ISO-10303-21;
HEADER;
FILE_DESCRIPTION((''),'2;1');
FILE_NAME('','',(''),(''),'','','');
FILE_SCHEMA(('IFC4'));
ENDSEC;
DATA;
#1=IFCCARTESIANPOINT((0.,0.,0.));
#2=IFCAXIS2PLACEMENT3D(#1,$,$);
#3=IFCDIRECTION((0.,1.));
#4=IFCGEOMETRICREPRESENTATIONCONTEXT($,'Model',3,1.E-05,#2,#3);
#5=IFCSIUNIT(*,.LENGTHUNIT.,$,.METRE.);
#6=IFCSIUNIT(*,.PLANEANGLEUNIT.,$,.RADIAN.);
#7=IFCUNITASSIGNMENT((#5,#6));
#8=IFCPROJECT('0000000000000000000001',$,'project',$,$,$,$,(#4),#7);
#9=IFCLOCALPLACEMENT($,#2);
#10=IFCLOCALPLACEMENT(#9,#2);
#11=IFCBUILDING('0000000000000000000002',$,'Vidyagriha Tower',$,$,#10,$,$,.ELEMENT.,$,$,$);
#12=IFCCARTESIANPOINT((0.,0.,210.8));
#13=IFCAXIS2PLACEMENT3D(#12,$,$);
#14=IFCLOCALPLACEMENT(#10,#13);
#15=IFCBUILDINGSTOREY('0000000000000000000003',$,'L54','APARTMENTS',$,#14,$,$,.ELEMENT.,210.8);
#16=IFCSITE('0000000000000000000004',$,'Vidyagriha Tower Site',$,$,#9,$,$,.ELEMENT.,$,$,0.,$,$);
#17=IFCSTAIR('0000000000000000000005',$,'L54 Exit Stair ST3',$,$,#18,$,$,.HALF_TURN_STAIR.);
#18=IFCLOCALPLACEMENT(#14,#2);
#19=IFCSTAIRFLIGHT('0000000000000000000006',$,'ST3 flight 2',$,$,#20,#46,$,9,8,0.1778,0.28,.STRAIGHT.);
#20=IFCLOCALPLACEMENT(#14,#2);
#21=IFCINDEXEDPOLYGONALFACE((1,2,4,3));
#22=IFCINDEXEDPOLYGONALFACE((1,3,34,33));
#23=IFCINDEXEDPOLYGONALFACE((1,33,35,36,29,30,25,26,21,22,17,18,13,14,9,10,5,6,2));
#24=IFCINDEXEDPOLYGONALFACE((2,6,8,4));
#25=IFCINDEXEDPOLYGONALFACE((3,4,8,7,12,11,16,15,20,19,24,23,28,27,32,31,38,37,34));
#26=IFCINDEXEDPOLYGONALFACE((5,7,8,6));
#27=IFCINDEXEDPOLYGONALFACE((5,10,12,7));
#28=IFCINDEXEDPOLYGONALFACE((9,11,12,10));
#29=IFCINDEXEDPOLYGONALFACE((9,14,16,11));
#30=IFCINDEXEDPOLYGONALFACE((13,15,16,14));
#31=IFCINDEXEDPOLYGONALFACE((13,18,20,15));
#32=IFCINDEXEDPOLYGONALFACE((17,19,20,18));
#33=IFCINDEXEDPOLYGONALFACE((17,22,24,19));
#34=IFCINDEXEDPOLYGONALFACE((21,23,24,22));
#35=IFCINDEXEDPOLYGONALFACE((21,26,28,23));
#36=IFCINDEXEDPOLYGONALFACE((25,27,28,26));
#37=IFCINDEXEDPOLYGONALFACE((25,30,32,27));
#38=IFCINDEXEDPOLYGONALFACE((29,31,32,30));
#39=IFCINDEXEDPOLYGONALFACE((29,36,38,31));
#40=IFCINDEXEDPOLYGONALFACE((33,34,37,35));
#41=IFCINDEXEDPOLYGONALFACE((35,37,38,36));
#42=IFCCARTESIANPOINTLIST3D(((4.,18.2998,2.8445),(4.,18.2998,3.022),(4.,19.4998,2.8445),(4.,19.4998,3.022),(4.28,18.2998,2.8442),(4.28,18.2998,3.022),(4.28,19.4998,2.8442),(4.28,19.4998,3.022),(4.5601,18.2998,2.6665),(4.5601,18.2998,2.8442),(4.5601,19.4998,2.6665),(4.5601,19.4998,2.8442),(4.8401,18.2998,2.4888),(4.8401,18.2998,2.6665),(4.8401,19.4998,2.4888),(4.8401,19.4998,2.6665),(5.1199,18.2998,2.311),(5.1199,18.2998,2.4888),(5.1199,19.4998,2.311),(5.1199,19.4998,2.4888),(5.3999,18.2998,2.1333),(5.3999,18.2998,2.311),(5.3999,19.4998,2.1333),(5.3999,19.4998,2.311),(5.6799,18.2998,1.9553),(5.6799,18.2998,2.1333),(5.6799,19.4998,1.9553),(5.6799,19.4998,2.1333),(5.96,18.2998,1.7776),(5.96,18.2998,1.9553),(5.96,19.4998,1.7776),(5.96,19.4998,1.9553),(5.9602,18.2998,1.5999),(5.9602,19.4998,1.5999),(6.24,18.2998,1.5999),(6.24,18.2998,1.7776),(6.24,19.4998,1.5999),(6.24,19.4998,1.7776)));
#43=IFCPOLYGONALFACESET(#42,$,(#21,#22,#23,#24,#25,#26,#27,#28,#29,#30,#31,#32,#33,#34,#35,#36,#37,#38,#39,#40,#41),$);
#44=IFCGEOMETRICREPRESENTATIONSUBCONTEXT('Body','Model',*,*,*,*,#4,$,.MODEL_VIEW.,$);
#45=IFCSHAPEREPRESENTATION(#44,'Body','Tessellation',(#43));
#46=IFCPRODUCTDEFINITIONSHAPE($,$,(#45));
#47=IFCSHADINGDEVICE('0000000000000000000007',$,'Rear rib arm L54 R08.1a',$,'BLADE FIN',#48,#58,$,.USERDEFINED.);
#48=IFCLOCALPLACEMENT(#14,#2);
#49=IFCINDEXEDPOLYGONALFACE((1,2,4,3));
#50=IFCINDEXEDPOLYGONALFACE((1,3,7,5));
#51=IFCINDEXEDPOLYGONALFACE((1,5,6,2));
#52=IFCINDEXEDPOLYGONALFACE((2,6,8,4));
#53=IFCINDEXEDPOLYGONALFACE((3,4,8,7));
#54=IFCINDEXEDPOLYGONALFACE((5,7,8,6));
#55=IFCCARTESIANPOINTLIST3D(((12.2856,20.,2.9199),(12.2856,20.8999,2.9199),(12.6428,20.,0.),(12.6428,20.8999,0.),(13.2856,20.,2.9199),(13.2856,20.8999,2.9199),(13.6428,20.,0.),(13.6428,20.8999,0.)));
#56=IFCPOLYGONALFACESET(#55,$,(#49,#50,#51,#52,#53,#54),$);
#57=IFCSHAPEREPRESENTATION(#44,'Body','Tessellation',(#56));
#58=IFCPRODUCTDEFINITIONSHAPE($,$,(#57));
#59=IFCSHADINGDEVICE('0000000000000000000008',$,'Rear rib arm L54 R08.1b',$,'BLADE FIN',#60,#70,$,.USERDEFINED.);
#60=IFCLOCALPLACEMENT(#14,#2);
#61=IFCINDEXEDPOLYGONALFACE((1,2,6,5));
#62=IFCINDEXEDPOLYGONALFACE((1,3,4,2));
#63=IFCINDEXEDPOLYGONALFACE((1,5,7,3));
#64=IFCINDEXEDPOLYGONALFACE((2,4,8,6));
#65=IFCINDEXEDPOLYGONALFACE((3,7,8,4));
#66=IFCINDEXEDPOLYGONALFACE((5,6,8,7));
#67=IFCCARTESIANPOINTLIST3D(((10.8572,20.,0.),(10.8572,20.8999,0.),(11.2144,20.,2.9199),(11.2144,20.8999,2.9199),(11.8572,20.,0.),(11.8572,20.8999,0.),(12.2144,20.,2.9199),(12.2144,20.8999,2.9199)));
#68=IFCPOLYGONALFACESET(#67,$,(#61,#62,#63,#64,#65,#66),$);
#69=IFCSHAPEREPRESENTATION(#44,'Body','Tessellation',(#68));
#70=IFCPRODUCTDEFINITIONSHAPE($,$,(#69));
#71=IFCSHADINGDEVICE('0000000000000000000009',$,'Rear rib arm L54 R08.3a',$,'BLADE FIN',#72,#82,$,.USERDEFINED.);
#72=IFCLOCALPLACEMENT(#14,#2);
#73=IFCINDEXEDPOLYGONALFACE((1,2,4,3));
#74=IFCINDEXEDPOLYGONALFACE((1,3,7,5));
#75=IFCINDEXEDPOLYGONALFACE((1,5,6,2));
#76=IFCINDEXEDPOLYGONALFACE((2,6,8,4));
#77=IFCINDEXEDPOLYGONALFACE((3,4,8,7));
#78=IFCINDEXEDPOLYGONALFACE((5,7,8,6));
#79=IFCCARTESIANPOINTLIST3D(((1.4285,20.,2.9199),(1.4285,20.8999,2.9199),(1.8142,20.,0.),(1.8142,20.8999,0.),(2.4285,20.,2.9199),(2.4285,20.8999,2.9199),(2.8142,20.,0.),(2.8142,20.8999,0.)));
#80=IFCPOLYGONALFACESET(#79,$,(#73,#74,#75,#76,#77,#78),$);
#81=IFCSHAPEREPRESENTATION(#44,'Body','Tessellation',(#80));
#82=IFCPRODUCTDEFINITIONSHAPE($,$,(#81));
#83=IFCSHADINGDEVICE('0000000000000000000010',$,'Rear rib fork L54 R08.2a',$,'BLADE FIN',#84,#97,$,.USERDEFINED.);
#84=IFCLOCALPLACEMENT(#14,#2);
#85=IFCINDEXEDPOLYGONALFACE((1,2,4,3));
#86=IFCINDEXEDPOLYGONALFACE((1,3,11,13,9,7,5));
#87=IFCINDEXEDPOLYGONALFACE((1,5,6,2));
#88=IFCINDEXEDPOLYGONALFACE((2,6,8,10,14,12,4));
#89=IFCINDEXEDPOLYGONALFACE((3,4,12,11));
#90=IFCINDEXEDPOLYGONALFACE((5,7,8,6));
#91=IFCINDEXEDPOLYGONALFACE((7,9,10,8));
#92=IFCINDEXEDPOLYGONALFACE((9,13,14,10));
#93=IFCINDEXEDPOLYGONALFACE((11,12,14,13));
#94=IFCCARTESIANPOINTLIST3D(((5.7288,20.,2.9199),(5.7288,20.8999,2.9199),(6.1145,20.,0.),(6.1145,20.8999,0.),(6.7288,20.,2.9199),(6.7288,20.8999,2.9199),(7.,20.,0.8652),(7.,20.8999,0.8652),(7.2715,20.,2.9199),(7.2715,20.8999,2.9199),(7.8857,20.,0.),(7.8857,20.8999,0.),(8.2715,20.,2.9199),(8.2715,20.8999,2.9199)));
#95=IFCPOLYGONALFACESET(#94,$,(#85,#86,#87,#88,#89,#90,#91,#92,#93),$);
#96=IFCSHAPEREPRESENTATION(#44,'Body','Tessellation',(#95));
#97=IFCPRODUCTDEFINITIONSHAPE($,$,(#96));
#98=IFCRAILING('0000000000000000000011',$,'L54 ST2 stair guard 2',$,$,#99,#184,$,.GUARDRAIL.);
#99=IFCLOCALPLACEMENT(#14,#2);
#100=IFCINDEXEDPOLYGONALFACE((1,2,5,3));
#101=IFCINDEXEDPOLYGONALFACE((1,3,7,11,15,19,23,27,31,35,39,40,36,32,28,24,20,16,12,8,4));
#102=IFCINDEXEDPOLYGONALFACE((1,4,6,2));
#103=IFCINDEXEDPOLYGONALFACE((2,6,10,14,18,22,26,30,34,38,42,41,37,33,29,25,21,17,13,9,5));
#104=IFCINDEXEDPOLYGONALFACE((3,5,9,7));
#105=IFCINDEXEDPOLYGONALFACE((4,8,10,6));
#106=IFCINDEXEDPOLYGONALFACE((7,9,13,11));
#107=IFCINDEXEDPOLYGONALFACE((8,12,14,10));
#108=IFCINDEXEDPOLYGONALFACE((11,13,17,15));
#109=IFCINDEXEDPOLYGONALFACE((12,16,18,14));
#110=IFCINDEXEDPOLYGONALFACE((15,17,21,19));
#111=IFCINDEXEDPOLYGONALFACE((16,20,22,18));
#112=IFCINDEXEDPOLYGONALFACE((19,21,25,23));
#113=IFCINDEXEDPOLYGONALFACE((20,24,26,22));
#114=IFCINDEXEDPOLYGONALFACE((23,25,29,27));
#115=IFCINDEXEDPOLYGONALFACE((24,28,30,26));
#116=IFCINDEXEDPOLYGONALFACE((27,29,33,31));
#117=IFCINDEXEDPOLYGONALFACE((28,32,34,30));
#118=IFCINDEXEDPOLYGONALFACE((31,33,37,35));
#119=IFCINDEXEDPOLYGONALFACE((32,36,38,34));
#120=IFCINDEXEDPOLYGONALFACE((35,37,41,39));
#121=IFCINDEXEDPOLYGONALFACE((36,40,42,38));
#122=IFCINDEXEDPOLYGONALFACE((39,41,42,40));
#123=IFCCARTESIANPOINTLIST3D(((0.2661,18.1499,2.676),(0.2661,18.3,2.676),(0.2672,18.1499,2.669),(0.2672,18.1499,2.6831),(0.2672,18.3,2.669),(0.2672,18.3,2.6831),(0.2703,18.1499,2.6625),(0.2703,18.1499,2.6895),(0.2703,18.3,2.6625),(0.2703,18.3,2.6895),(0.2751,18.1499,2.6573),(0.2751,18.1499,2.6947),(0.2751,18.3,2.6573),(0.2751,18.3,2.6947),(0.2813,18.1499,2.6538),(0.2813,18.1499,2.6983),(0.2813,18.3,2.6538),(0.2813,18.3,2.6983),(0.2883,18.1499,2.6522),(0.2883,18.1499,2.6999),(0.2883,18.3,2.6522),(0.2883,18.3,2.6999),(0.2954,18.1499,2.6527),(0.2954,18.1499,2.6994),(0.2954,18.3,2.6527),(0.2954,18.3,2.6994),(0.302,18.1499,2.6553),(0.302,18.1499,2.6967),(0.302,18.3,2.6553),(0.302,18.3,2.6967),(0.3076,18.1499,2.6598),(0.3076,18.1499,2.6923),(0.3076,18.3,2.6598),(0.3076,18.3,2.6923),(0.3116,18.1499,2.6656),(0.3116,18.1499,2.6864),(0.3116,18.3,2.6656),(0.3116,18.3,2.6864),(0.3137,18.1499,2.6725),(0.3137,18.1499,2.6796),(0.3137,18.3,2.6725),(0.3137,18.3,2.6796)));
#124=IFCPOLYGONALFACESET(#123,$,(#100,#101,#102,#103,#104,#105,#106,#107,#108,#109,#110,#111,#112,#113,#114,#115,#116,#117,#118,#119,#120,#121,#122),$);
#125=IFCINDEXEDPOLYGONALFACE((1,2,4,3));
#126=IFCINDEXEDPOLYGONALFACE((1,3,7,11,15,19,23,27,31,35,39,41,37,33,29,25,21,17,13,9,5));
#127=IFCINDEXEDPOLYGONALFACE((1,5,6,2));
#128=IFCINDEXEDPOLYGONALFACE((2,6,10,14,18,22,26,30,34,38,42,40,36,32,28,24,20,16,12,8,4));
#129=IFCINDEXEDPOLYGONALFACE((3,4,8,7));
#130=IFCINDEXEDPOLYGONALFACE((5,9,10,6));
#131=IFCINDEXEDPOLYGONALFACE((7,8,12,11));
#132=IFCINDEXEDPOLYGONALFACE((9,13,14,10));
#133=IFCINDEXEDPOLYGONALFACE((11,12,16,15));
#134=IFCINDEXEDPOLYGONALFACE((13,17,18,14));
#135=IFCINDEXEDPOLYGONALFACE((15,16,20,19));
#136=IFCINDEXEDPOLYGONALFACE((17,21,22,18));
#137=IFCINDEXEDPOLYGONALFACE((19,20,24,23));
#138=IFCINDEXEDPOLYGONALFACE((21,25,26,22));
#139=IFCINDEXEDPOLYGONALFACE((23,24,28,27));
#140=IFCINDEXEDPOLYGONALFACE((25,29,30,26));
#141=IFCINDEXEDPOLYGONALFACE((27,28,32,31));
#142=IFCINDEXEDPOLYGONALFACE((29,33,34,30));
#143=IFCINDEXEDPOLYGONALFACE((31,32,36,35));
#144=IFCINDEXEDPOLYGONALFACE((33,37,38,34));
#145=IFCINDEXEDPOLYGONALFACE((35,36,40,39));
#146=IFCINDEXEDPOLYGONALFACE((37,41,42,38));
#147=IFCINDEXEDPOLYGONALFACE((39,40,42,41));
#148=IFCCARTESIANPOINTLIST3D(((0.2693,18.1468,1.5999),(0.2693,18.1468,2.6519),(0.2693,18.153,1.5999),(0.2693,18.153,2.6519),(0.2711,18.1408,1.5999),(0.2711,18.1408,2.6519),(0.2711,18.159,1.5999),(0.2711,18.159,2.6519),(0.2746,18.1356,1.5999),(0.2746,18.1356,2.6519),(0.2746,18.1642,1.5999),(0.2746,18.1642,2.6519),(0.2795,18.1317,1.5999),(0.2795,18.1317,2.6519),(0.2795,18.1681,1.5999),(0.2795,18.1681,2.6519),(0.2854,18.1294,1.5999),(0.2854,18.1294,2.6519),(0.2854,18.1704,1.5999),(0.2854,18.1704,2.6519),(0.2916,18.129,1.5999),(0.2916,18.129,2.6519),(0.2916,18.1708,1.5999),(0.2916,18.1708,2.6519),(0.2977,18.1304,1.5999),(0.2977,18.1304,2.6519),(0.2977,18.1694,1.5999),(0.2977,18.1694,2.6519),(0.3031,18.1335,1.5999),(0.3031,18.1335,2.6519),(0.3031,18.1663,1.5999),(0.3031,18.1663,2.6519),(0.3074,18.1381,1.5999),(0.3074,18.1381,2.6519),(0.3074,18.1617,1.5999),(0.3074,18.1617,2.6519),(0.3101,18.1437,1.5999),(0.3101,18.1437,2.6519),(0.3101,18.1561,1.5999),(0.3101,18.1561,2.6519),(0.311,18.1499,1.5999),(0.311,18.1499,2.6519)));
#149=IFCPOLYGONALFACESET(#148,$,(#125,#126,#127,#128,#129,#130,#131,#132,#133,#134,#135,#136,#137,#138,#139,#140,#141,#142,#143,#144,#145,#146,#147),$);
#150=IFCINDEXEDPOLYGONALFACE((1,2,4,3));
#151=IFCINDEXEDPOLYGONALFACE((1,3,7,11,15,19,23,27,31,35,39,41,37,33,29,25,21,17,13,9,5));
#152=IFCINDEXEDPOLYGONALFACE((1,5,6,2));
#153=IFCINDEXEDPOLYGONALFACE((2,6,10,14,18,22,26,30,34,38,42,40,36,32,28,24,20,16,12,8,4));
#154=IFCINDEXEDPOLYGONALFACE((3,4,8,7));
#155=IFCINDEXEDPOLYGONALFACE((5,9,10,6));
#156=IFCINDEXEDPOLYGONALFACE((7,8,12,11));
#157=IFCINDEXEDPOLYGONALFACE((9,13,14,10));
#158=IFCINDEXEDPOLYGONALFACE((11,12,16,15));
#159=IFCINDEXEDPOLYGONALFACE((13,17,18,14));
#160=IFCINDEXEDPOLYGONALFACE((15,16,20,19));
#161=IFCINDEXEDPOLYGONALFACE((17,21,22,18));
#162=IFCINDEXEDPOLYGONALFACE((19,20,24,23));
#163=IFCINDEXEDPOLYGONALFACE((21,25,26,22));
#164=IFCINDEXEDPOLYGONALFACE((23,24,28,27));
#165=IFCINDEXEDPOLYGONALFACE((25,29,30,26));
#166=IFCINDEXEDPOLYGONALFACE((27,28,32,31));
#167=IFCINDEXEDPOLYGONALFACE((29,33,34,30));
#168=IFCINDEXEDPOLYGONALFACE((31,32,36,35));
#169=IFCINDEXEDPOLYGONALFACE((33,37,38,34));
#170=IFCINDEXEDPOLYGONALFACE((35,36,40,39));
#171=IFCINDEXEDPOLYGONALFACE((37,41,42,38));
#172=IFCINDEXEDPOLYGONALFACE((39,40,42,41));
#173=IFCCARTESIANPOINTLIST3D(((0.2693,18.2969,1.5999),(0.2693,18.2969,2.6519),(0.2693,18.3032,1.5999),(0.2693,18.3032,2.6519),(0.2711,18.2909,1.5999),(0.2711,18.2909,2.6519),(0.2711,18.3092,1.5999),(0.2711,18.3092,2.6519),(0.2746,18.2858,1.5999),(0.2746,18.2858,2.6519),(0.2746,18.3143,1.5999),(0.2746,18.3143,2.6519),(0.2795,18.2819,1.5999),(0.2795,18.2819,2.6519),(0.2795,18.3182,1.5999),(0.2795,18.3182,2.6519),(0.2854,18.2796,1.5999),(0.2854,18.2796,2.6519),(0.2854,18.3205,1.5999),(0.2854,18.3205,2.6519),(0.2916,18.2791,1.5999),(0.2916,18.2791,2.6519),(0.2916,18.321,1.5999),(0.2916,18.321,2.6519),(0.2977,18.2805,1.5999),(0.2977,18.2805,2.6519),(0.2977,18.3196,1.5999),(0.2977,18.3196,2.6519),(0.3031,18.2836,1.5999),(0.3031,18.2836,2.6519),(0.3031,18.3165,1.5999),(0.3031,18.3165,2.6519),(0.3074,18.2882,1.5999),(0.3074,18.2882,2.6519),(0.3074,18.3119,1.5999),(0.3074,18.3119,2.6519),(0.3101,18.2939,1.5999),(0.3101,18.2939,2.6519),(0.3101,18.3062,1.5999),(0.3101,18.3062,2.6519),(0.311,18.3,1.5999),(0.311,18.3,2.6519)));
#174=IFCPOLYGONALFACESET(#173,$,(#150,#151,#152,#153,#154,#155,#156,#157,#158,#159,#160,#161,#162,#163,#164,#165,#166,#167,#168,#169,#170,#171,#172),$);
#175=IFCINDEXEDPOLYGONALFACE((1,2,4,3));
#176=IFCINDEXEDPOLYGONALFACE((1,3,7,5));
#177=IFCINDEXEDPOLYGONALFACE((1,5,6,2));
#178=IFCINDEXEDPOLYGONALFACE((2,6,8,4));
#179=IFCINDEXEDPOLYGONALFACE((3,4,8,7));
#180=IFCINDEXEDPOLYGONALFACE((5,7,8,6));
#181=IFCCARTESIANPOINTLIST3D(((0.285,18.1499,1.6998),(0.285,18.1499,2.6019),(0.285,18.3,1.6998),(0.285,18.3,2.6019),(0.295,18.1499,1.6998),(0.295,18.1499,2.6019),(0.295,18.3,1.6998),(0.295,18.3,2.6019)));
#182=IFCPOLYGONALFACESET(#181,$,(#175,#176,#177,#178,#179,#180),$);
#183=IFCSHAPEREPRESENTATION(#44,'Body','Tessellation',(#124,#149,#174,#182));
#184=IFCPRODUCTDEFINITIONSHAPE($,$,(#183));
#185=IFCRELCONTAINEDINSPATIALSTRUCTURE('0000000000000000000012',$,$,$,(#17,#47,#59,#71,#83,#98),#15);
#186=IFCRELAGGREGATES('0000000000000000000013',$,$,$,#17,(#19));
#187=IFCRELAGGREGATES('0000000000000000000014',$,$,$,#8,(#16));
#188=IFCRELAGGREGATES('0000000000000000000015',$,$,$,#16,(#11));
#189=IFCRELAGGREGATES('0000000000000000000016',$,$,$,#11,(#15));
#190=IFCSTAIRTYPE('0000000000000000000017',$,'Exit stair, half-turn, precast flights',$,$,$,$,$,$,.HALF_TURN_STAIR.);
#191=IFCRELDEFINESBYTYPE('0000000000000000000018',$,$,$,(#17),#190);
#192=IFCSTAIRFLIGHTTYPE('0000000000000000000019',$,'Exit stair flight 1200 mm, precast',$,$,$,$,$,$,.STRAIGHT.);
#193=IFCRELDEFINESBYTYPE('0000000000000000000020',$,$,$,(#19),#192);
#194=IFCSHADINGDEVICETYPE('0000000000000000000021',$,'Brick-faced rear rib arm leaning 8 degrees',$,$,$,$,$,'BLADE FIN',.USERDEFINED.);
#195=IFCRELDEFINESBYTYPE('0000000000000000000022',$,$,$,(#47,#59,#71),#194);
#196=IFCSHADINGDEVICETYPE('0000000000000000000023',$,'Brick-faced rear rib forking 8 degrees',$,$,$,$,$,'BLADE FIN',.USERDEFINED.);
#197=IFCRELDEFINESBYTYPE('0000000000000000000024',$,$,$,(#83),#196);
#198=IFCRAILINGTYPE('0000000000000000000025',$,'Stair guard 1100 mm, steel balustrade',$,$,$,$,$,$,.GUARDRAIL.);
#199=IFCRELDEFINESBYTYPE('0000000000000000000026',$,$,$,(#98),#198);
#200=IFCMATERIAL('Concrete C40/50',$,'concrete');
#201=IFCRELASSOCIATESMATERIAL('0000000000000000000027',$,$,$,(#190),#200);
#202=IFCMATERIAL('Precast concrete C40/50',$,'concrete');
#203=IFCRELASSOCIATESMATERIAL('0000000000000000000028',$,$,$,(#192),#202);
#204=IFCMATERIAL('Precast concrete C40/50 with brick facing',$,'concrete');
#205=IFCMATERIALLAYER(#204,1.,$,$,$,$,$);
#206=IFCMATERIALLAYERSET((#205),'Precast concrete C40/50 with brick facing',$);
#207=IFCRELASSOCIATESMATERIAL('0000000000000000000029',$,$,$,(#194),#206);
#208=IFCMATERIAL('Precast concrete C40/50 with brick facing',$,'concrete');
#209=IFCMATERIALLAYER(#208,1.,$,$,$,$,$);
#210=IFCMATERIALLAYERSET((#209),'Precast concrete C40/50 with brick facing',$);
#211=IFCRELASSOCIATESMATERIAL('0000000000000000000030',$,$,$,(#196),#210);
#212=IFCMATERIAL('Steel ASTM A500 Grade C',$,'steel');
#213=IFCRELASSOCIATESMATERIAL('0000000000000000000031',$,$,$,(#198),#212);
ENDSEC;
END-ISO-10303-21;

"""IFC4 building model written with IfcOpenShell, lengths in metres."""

from ifc_helpers import new_model, si_unit, direction, frame, origin, origin_2d, place, context, subcontext, project, spatial, polyline, rectangle, circle, outline, extrude, material, layer, layer_set, type_object, element, aggregate, save


model = new_model("IFC4")

# Units and contexts
model_context = context("Model", 3, precision=1e-05, world=origin(), true_north=direction((0.0, 1.0)))
body_context = subcontext(model_context, "Body", "Model", "MODEL_VIEW")
ifc_project = project(units=[si_unit("LENGTHUNIT", "METRE"), si_unit("PLANEANGLEUNIT", "RADIAN")], contexts=[model_context])

# Site, building, storey
site_placement = place(None, origin())
site = spatial("IfcSite", under=ifc_project, at=site_placement, Name="Vidyagriha Tower Site", CompositionType="ELEMENT", RefElevation=0.0)
building_placement = place(site_placement, origin())
building = spatial("IfcBuilding", under=site, at=building_placement, Name="Vidyagriha Tower", CompositionType="ELEMENT")
storey_placement = place(building_placement, frame((0.0, 0.0, 210.8)))
storey = spatial("IfcBuildingStorey", under=building, at=storey_placement, Name="L54", Description="APARTMENTS", CompositionType="ELEMENT", Elevation=210.8)

# Shared definitions
ifc_material_1 = material(Name="Concrete C40/50", Category="concrete")
stair_type = type_object("IfcStairType", Name="Exit stair, half-turn, precast flights", PredefinedType="HALF_TURN_STAIR", material=ifc_material_1)
ifc_material_2 = material(Name="Precast concrete C40/50", Category="concrete")
stair_flight_type = type_object("IfcStairFlightType", Name="Exit stair flight 1200 mm, precast", PredefinedType="STRAIGHT", material=ifc_material_2)

# Stair, stair flight
stair_1_placement = place(storey_placement, origin())
stair_1 = element("IfcStair", 1, at=stair_1_placement, inside=storey, type_object=stair_type, Name="L54 Exit Stair ST3", PredefinedType="HALF_TURN_STAIR")
stair_flight_1_placement = place(storey_placement, frame((6.24, 18.8999, 1.5999), z_axis=(0.0, 0.0, 1.0), x_axis=(-1.0, 0.0, 0.0)))
stair_flight_1 = element("IfcStairFlight", 2, at=stair_flight_1_placement, type_object=stair_flight_type, Name="ST3 flight 2", NumberOfRisers=9, NumberOfTreads=8, PredefinedType="STRAIGHT", RiserHeight=0.1778, TreadLength=0.28, context=body_context, shape_type="SweptSolid", body=[
    extrude(outline(polyline([(0.0, 0.0), (0.0, 0.1777), (0.28, 0.1777), (0.28, 0.3555), (0.5601, 0.3555), (0.5601, 0.5334), (0.8401, 0.5334), (0.8401, 0.7112), (1.1201, 0.7112), (1.1201, 0.8889), (1.3999, 0.8889), (1.3999, 1.0667), (1.6799, 1.0667), (1.6799, 1.2444), (1.96, 1.2444), (1.96, 1.4221), (2.24, 1.4221), (2.24, 1.6001), (2.24, 1.2446), (0.2798, 0.0), (0.0, 0.0)])), frame((0.0, 0.6001, 0.0), z_axis=(0.0, -1.0, 0.0), x_axis=(1.0, 0.0, 0.0)), (0.0, 0.0, 1.0), 1.2),
])
aggregate(stair_1, [stair_flight_1])

# Shading devices
ifc_material_3 = material(Name="Precast concrete C40/50 with brick facing", Category="concrete")
ifc_layer_1 = layer(ifc_material_3, 1.0)
ifc_layer_set_1 = layer_set([ifc_layer_1], Name="Precast concrete C40/50 with brick facing")
shading_device_type_1 = type_object("IfcShadingDeviceType", Name="Brick-faced rear rib arm leaning 8 degrees", ElementType="BLADE FIN", PredefinedType="USERDEFINED", material=ifc_layer_set_1)
shading_device_1_placement = place(storey_placement, frame((13.6428, 20.45, 0.0), z_axis=(0.0, 0.0, 1.0), x_axis=(-1.0, 0.0, 0.0)))
element("IfcShadingDevice", 3, at=shading_device_1_placement, inside=storey, type_object=shading_device_type_1, Name="Rear rib arm L54 R08.1a", ObjectType="BLADE FIN", PredefinedType="USERDEFINED", context=body_context, shape_type="SweptSolid", body=[
    extrude(outline(polyline([(0.0, 0.0), (1.0, 0.0), (1.3572, 2.9199), (0.3572, 2.9199), (0.0, 0.0)])), frame((0.0, 0.45, 0.0), z_axis=(0.0, -1.0, 0.0), x_axis=(1.0, 0.0, 0.0)), (0.0, 0.0, 1.0), 0.8999),
])
shading_device_2_placement = place(storey_placement, frame((12.2144, 20.45, 0.0), z_axis=(0.0, 0.0, 1.0), x_axis=(-1.0, 0.0, 0.0)))
element("IfcShadingDevice", 4, at=shading_device_2_placement, inside=storey, type_object=shading_device_type_1, Name="Rear rib arm L54 R08.1b", ObjectType="BLADE FIN", PredefinedType="USERDEFINED", context=body_context, shape_type="SweptSolid", body=[
    extrude(outline(polyline([(0.3572, 0.0), (1.3572, 0.0), (1.0, 2.9199), (0.0, 2.9199), (0.3572, 0.0)])), frame((0.0, 0.45, 0.0), z_axis=(0.0, -1.0, 0.0), x_axis=(1.0, 0.0, 0.0)), (0.0, 0.0, 1.0), 0.8999),
])
shading_device_3_placement = place(storey_placement, frame((2.8142, 20.45, 0.0), z_axis=(0.0, 0.0, 1.0), x_axis=(-1.0, 0.0, 0.0)))
element("IfcShadingDevice", 5, at=shading_device_3_placement, inside=storey, type_object=shading_device_type_1, Name="Rear rib arm L54 R08.3a", ObjectType="BLADE FIN", PredefinedType="USERDEFINED", context=body_context, shape_type="SweptSolid", body=[
    extrude(outline(polyline([(0.0, 0.0), (1.0, 0.0), (1.3857, 2.9199), (0.3857, 2.9199), (0.0, 0.0)])), frame((0.0, 0.45, 0.0), z_axis=(0.0, -1.0, 0.0), x_axis=(1.0, 0.0, 0.0)), (0.0, 0.0, 1.0), 0.8999),
])
ifc_material_4 = material(Name="Precast concrete C40/50 with brick facing", Category="concrete")
ifc_layer_2 = layer(ifc_material_4, 1.0)
ifc_layer_set_2 = layer_set([ifc_layer_2], Name="Precast concrete C40/50 with brick facing")
shading_device_type_2 = type_object("IfcShadingDeviceType", Name="Brick-faced rear rib forking 8 degrees", ElementType="BLADE FIN", PredefinedType="USERDEFINED", material=ifc_layer_set_2)
shading_device_4_placement = place(storey_placement, frame((8.2715, 20.45, 0.0), z_axis=(0.0, 0.0, 1.0), x_axis=(-1.0, 0.0, 0.0)))
element("IfcShadingDevice", 6, at=shading_device_4_placement, inside=storey, type_object=shading_device_type_2, Name="Rear rib fork L54 R08.2a", ObjectType="BLADE FIN", PredefinedType="USERDEFINED", context=body_context, shape_type="SweptSolid", body=[
    extrude(outline(polyline([(0.3857, 0.0), (2.157, 0.0), (2.5427, 2.9199), (1.5427, 2.9199), (1.2715, 0.8652), (1.0, 2.9199), (0.0, 2.9199), (0.3857, 0.0)])), frame((0.0, 0.45, 0.0), z_axis=(0.0, -1.0, 0.0), x_axis=(1.0, 0.0, 0.0)), (0.0, 0.0, 1.0), 0.8999),
])

# Railing
ifc_material_5 = material(Name="Steel ASTM A500 Grade C", Category="steel")
railing_type_1 = type_object("IfcRailingType", Name="Stair guard 1100 mm, steel balustrade", PredefinedType="GUARDRAIL", material=ifc_material_5)
railing_1_placement = place(storey_placement, frame((0.29, 18.1499, 1.5999)))
element("IfcRailing", 7, at=railing_1_placement, inside=storey, type_object=railing_type_1, Name="L54 ST2 stair guard 2", PredefinedType="GUARDRAIL", context=body_context, shape_type="SweptSolid", body=[
    extrude(circle(Radius=0.0239, at=origin_2d()), frame((0.0, 0.0, 1.0762), z_axis=(0.0, 1.0, 0.0), x_axis=(-1.0, 0.0, 0.0)), (0.0, 0.0, 1.0), 0.1501),
    extrude(circle(Radius=0.021, at=origin_2d()), origin(), (0.0, 0.0, 1.0), 1.052),
    extrude(circle(Radius=0.021, at=origin_2d()), frame((0.0, 0.1501, 0.0)), (0.0, 0.0, 1.0), 1.052),
    extrude(rectangle(XDim=0.01, YDim=0.9021, at=origin_2d()), frame((0.0, 0.0, 0.551), z_axis=(0.0, 1.0, 0.0), x_axis=(-1.0, 0.0, 0.0)), (0.0, 0.0, 1.0), 0.1501),
])

save(model, "model.ifc")
